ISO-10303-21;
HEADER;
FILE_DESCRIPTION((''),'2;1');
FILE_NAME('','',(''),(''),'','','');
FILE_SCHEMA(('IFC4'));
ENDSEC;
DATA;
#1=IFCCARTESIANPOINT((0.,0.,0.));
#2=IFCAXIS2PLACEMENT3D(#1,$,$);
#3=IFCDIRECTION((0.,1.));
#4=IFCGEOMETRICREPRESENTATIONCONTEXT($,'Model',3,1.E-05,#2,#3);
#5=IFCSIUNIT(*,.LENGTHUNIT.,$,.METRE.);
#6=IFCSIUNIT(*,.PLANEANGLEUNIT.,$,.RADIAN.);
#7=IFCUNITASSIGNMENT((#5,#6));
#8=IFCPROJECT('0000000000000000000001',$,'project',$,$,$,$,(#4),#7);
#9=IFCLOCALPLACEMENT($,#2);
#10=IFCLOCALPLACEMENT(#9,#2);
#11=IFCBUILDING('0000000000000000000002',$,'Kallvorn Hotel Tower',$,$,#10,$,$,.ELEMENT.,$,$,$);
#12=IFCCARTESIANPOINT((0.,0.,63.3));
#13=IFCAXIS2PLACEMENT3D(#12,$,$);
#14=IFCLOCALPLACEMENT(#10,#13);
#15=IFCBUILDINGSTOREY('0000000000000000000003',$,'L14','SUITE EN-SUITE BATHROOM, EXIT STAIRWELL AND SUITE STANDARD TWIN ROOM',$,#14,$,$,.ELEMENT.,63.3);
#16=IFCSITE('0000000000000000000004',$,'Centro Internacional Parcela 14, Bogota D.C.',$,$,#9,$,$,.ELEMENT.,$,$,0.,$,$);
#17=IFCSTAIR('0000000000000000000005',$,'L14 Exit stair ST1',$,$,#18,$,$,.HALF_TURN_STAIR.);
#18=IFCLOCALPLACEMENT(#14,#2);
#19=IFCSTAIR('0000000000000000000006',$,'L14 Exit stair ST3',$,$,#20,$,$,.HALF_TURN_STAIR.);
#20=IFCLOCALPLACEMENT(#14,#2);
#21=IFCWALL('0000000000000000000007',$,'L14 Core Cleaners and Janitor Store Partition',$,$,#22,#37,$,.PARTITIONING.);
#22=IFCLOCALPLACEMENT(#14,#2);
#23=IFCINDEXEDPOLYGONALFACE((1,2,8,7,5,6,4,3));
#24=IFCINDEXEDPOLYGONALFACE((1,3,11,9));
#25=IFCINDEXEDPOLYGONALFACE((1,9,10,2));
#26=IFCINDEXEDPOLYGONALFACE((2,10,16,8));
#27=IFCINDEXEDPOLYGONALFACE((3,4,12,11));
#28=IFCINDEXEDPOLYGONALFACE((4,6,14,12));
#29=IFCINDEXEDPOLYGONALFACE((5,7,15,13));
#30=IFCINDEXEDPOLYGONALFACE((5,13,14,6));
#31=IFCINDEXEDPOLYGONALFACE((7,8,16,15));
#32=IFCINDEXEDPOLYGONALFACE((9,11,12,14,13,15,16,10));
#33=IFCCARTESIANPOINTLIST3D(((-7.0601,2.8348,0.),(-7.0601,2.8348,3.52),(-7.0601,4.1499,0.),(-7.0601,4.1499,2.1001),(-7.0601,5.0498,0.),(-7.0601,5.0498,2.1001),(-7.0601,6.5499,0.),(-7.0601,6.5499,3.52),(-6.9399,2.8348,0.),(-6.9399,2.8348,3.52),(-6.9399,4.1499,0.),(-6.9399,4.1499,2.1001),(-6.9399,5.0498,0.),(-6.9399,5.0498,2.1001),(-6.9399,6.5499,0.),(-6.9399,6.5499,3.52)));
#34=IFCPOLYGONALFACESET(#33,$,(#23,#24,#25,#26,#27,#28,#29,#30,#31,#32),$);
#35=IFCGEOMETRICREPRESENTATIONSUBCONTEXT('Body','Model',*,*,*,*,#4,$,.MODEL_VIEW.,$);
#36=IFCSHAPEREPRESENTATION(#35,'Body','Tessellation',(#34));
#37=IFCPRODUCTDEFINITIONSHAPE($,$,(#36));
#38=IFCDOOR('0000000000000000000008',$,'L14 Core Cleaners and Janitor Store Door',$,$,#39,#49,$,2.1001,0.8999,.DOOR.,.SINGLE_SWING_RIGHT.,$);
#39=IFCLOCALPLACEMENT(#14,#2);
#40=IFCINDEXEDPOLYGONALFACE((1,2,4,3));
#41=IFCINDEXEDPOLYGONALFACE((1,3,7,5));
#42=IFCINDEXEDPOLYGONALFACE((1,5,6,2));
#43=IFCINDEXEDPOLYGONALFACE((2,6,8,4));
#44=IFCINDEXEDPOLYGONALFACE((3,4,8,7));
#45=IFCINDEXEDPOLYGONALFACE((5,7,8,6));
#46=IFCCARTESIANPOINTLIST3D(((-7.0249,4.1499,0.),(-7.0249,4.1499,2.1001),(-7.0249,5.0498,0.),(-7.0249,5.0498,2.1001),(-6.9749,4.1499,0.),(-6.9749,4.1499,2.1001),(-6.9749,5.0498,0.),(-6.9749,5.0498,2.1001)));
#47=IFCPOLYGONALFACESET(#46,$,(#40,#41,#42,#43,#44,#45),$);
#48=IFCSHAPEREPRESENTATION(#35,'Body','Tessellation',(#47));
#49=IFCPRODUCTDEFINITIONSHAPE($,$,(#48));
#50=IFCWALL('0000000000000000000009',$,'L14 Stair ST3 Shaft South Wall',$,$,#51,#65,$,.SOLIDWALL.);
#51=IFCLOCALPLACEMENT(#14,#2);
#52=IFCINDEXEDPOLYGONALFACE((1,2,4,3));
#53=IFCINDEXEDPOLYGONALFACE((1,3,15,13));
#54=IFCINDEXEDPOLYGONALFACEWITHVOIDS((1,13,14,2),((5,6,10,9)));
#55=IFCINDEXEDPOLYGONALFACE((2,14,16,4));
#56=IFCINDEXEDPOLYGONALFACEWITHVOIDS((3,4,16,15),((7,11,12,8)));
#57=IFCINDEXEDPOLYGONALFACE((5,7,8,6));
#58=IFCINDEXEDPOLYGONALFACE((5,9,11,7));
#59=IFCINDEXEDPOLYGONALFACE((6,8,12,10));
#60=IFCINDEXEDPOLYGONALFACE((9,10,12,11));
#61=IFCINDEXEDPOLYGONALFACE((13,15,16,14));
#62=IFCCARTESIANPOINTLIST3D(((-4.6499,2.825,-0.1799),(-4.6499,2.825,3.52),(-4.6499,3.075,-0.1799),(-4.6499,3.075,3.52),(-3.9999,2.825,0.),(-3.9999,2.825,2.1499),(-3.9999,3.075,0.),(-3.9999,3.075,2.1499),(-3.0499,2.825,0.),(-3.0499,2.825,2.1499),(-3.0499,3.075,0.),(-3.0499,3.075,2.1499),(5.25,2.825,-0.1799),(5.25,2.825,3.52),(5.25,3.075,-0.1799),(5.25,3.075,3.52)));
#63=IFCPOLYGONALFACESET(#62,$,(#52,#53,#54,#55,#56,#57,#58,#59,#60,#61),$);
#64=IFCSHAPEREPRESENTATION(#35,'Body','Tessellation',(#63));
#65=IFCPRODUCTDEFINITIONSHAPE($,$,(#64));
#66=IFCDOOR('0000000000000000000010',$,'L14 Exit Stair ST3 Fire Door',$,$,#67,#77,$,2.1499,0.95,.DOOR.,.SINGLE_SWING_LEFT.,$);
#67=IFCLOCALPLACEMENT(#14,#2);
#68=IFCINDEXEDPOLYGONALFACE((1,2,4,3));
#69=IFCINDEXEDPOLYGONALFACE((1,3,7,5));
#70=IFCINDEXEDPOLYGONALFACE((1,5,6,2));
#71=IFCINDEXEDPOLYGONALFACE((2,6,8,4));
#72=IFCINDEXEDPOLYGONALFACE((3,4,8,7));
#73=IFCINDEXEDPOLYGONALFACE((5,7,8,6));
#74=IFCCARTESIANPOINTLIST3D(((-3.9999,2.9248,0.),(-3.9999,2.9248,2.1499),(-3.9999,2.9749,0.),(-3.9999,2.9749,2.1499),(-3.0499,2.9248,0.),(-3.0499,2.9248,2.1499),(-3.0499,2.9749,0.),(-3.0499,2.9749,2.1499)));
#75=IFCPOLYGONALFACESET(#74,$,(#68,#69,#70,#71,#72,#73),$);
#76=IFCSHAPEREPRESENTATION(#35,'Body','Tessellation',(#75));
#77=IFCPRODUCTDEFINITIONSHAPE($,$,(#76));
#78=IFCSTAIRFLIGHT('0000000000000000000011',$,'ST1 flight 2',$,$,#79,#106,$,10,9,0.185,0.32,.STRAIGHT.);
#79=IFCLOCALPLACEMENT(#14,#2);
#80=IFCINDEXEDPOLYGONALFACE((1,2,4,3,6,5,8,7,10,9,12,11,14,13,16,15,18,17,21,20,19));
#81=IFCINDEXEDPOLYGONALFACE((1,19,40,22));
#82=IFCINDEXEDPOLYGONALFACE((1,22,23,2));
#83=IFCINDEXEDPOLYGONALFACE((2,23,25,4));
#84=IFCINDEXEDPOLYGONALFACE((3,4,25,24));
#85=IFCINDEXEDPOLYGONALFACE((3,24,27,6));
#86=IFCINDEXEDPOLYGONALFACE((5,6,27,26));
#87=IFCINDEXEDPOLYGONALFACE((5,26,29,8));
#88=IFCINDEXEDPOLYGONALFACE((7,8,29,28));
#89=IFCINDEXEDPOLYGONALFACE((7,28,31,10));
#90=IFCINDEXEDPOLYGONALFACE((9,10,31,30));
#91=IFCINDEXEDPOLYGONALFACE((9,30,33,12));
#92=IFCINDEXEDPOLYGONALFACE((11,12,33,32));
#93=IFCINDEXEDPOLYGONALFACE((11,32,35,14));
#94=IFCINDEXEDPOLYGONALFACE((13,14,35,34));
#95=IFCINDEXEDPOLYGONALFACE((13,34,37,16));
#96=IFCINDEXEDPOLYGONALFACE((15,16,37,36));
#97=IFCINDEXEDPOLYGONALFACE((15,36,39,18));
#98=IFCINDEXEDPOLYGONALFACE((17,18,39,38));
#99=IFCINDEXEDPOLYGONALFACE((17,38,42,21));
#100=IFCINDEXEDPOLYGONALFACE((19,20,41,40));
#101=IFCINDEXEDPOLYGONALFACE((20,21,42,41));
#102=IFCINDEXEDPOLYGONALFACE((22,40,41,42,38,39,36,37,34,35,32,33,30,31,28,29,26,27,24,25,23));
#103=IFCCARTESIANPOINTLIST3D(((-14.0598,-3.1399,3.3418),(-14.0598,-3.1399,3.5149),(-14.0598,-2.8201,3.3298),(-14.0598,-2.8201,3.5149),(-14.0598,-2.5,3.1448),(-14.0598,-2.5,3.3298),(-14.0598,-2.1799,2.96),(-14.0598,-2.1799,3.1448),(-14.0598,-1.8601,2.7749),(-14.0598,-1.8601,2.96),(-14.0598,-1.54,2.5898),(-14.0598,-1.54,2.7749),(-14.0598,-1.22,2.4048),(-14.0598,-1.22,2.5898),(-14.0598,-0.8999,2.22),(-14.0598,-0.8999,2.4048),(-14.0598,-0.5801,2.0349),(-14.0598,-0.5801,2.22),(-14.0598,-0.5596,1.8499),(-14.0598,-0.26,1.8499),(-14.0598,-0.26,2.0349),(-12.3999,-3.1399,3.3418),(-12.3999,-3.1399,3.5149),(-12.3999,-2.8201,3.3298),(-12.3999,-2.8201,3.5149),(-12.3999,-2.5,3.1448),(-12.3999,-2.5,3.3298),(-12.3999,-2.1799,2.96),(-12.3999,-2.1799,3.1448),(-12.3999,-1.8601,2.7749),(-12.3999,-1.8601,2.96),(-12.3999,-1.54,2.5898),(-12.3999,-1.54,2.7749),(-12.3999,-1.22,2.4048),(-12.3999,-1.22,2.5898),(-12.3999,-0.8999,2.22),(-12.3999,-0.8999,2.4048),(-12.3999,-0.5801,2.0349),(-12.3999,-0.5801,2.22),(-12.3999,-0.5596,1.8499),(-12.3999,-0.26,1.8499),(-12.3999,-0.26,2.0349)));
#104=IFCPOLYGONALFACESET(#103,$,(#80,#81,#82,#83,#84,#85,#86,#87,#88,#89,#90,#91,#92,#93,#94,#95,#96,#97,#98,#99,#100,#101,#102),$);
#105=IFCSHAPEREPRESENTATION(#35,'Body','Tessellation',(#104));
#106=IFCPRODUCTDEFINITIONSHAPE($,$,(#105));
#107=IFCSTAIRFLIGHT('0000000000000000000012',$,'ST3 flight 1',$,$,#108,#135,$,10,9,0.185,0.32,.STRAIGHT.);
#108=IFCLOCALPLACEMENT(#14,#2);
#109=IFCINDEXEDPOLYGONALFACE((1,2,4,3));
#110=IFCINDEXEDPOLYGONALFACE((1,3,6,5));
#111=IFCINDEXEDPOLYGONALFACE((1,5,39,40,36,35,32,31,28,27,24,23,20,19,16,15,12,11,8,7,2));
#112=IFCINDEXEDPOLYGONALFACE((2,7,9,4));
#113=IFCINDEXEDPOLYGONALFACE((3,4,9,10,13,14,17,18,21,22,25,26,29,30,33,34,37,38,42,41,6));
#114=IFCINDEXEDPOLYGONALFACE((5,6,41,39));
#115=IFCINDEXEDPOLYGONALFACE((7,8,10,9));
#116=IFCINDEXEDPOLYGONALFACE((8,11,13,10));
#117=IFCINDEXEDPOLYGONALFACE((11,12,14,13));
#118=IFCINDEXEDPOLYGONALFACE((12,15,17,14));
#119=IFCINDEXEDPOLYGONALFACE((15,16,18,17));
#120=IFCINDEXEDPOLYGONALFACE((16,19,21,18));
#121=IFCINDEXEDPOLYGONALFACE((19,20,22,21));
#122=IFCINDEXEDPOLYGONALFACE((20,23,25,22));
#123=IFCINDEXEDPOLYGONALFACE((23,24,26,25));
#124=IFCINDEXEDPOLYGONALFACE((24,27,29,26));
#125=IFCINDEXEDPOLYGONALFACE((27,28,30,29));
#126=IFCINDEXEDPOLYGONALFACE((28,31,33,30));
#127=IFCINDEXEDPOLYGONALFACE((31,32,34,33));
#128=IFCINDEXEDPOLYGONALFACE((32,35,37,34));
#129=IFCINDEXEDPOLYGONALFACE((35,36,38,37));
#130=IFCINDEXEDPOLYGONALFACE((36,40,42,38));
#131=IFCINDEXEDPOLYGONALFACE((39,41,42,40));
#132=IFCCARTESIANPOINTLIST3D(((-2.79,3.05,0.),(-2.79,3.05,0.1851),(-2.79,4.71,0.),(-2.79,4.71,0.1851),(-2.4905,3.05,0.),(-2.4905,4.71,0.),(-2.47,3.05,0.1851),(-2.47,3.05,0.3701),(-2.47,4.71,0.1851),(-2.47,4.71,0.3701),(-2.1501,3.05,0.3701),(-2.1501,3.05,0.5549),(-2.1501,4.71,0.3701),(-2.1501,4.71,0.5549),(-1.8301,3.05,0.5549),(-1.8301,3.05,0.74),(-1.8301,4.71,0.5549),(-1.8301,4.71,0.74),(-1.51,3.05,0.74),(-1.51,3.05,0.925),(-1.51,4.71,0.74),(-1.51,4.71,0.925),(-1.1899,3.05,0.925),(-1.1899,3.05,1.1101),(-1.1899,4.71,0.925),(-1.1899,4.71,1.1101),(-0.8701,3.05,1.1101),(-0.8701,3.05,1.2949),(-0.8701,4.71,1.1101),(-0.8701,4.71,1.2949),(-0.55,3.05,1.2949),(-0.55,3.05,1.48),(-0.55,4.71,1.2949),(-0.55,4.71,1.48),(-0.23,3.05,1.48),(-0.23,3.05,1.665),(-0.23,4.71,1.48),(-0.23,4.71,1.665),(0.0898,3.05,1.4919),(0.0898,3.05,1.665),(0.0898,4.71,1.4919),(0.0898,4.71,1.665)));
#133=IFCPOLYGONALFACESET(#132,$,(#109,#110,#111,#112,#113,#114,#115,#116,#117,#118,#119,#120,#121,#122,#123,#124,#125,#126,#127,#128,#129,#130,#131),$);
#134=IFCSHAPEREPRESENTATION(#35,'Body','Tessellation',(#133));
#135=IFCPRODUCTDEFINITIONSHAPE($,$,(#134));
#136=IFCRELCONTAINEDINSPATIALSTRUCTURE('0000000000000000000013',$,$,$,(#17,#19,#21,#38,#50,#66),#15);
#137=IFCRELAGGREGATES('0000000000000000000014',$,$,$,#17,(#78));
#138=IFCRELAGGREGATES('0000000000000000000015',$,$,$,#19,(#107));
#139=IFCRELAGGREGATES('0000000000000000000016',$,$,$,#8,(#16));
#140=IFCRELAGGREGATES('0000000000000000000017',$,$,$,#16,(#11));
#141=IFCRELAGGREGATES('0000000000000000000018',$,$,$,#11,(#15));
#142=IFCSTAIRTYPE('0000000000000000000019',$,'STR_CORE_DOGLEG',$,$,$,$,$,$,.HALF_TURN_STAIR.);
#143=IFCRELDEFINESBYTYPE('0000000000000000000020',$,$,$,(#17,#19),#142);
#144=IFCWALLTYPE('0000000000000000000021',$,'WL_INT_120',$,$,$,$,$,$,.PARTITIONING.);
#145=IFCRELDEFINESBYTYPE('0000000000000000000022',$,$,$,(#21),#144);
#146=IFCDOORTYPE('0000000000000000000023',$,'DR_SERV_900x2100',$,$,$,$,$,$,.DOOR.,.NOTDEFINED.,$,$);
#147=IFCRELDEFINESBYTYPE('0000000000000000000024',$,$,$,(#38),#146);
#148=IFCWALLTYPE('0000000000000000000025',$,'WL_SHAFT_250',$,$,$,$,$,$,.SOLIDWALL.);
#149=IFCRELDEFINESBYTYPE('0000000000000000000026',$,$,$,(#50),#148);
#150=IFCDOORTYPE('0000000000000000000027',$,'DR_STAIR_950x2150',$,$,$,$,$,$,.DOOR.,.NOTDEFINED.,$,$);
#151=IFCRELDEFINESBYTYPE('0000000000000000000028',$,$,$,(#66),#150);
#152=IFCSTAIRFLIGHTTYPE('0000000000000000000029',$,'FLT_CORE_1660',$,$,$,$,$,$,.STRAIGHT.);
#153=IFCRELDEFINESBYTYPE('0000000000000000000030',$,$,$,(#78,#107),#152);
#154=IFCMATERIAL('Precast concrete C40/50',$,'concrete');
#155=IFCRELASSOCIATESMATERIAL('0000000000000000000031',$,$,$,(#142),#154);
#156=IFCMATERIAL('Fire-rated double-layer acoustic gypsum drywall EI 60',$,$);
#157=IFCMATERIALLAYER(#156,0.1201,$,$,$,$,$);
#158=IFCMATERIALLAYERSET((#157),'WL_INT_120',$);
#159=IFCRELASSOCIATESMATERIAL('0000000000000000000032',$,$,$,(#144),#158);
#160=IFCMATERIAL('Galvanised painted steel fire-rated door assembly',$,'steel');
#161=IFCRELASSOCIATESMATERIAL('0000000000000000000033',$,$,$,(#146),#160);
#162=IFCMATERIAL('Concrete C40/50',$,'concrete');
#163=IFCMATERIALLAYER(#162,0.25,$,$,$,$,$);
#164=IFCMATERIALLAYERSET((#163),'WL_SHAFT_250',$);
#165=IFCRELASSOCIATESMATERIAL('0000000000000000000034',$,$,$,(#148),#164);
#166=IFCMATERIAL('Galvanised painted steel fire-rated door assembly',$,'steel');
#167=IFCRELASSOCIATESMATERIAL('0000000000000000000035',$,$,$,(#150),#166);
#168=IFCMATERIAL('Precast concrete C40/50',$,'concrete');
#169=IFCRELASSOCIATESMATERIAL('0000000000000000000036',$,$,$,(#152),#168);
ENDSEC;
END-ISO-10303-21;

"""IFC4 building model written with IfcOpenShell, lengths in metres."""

from ifc_helpers import new_model, si_unit, direction, frame, frame_2d, origin, place, context, subcontext, project, spatial, polyline, rectangle, outline, extrude, material, layer, layer_set, type_object, element, fill, aggregate, save


model = new_model("IFC4")

# Units and contexts
model_context = context("Model", 3, precision=1e-05, world=origin(), true_north=direction((0.0, 1.0)))
body_context = subcontext(model_context, "Body", "Model", "MODEL_VIEW")
ifc_project = project(units=[si_unit("LENGTHUNIT", "METRE"), si_unit("PLANEANGLEUNIT", "RADIAN")], contexts=[model_context])

# Site, building, storey
site_placement = place(None, origin())
site = spatial("IfcSite", under=ifc_project, at=site_placement, Name="Centro Internacional Parcela 14, Bogota D.C.", CompositionType="ELEMENT", RefElevation=0.0)
building_placement = place(site_placement, origin())
building = spatial("IfcBuilding", under=site, at=building_placement, Name="Kallvorn Hotel Tower", CompositionType="ELEMENT")
storey_placement = place(building_placement, frame((0.0, 0.0, 63.3)))
storey = spatial("IfcBuildingStorey", under=building, at=storey_placement, Name="L14", Description="SUITE EN-SUITE BATHROOM, EXIT STAIRWELL AND SUITE STANDARD TWIN ROOM", CompositionType="ELEMENT", Elevation=63.3)

# Stairs
ifc_material_1 = material(Name="Precast concrete C40/50", Category="concrete")
stair_type = type_object("IfcStairType", Name="STR_CORE_DOGLEG", PredefinedType="HALF_TURN_STAIR", material=ifc_material_1)
stair_1_placement = place(storey_placement, origin())
stair_1 = element("IfcStair", 1, at=stair_1_placement, inside=storey, type_object=stair_type, Name="L14 Exit stair ST1", PredefinedType="HALF_TURN_STAIR")
stair_2_placement = place(storey_placement, origin())
stair_2 = element("IfcStair", 2, at=stair_2_placement, inside=storey, type_object=stair_type, Name="L14 Exit stair ST3", PredefinedType="HALF_TURN_STAIR")

# Shared definitions
ifc_material_2 = material(Name="Fire-rated double-layer acoustic gypsum drywall EI 60")
ifc_layer_1 = layer(ifc_material_2, 0.1201)
ifc_layer_set_1 = layer_set([ifc_layer_1], Name="WL_INT_120")
wall_type_1 = type_object("IfcWallType", Name="WL_INT_120", PredefinedType="PARTITIONING", material=ifc_layer_set_1)

# Walls, openings, doors
wall_1_placement = place(storey_placement, frame((-7.0, 2.835, 0.0), z_axis=(0.0, 0.0, 1.0), x_axis=(0.0, 1.0, 0.0)))
wall_1 = element("IfcWall", 3, at=wall_1_placement, inside=storey, type_object=wall_type_1, Name="L14 Core Cleaners and Janitor Store Partition", PredefinedType="PARTITIONING", context=body_context, shape_type="SweptSolid", body=[
    extrude(rectangle(XDim=3.7151, YDim=0.1201, at=frame_2d((1.8574, 0.0))), origin(), (0.0, 0.0, 1.0), 3.52),
])
opening_1_placement = place(wall_1_placement, frame((1.3149, 0.0, 0.0)))
opening_1 = element("IfcOpeningElement", 4, at=opening_1_placement, cuts=wall_1, PredefinedType="OPENING", context=body_context, shape_type="SweptSolid", body=[
    extrude(rectangle(XDim=0.8999, YDim=2.1001, at=frame_2d((0.45, 1.05))), frame((0.0, 0.075, 0.0), z_axis=(0.0, -1.0, 0.0), x_axis=(1.0, 0.0, 0.0)), (0.0, 0.0, 1.0), 0.1501),
])
ifc_material_3 = material(Name="Galvanised painted steel fire-rated door assembly", Category="steel")
door_type_1 = type_object("IfcDoorType", Name="DR_SERV_900x2100", OperationType="NOTDEFINED", PredefinedType="DOOR", material=ifc_material_3)
door_1_placement = place(opening_1_placement, origin())
door_1 = element("IfcDoor", 5, at=door_1_placement, inside=storey, type_object=door_type_1, Name="L14 Core Cleaners and Janitor Store Door", OperationType="SINGLE_SWING_RIGHT", OverallHeight=2.1001, OverallWidth=0.8999, PredefinedType="DOOR", context=body_context, shape_type="SweptSolid", body=[
    extrude(rectangle(XDim=0.8999, YDim=2.1001, at=frame_2d((0.45, 1.05))), frame((0.0, 0.0249, 0.0), z_axis=(0.0, -1.0, 0.0), x_axis=(1.0, 0.0, 0.0)), (0.0, 0.0, 1.0), 0.05),
])
fill(opening_1, door_1)
ifc_material_4 = material(Name="Concrete C40/50", Category="concrete")
ifc_layer_2 = layer(ifc_material_4, 0.25)
ifc_layer_set_2 = layer_set([ifc_layer_2], Name="WL_SHAFT_250")
wall_type_2 = type_object("IfcWallType", Name="WL_SHAFT_250", PredefinedType="SOLIDWALL", material=ifc_layer_set_2)
wall_2_placement = place(storey_placement, frame((-4.6499, 2.95, -0.1799), z_axis=(0.0, 0.0, 1.0), x_axis=(1.0, 0.0, 0.0)))
wall_2 = element("IfcWall", 6, at=wall_2_placement, inside=storey, type_object=wall_type_2, Name="L14 Stair ST3 Shaft South Wall", PredefinedType="SOLIDWALL", context=body_context, shape_type="SweptSolid", body=[
    extrude(rectangle(XDim=9.8999, YDim=0.25, at=frame_2d((4.95, 0.0))), origin(), (0.0, 0.0, 1.0), 3.7),
])
opening_2_placement = place(wall_2_placement, frame((0.6499, 0.0, 0.1799)))
opening_2 = element("IfcOpeningElement", 7, at=opening_2_placement, cuts=wall_2, PredefinedType="OPENING", context=body_context, shape_type="SweptSolid", body=[
    extrude(rectangle(XDim=0.95, YDim=2.1499, at=frame_2d((0.4751, 1.075))), frame((0.0, 0.1399, 0.0), z_axis=(0.0, -1.0, 0.0), x_axis=(1.0, 0.0, 0.0)), (0.0, 0.0, 1.0), 0.28),
])
ifc_material_5 = material(Name="Galvanised painted steel fire-rated door assembly", Category="steel")
door_type_2 = type_object("IfcDoorType", Name="DR_STAIR_950x2150", OperationType="NOTDEFINED", PredefinedType="DOOR", material=ifc_material_5)
door_2_placement = place(opening_2_placement, origin())
door_2 = element("IfcDoor", 8, at=door_2_placement, inside=storey, type_object=door_type_2, Name="L14 Exit Stair ST3 Fire Door", OperationType="SINGLE_SWING_LEFT", OverallHeight=2.1499, OverallWidth=0.95, PredefinedType="DOOR", context=body_context, shape_type="SweptSolid", body=[
    extrude(rectangle(XDim=0.95, YDim=2.1499, at=frame_2d((0.4751, 1.075))), frame((0.0, 0.0249, 0.0), z_axis=(0.0, -1.0, 0.0), x_axis=(1.0, 0.0, 0.0)), (0.0, 0.0, 1.0), 0.05),
])
fill(opening_2, door_2)

# Stair flights
ifc_material_6 = material(Name="Precast concrete C40/50", Category="concrete")
stair_flight_type = type_object("IfcStairFlightType", Name="FLT_CORE_1660", PredefinedType="STRAIGHT", material=ifc_material_6)
stair_flight_1_placement = place(storey_placement, frame((-13.23, -0.26, 1.8499), z_axis=(0.0, 0.0, 1.0), x_axis=(0.0, -1.0, 0.0)))
stair_flight_1 = element("IfcStairFlight", 9, at=stair_flight_1_placement, type_object=stair_flight_type, Name="ST1 flight 2", NumberOfRisers=10, NumberOfTreads=9, PredefinedType="STRAIGHT", RiserHeight=0.185, TreadLength=0.32, context=body_context, shape_type="SweptSolid", body=[
    extrude(outline(polyline([(0.0, 0.0), (0.0, 0.1851), (0.3201, 0.1851), (0.3201, 0.3701), (0.6399, 0.3701), (0.6399, 0.5549), (0.96, 0.5549), (0.96, 0.74), (1.28, 0.74), (1.28, 0.925), (1.6001, 0.925), (1.6001, 1.1101), (1.9199, 1.1101), (1.9199, 1.2949), (2.24, 1.2949), (2.24, 1.48), (2.5601, 1.48), (2.5601, 1.665), (2.8799, 1.665), (2.8799, 1.8501), (2.8799, 1.4919), (0.2996, 0.0), (0.0, 0.0)])), frame((0.0, 0.8301, 0.0), z_axis=(0.0, -1.0, 0.0), x_axis=(1.0, 0.0, 0.0)), (0.0, 0.0, 1.0), 1.6599),
])
aggregate(stair_1, [stair_flight_1])
stair_flight_2_placement = place(storey_placement, frame((-2.79, 3.8799, 0.0), z_axis=(0.0, 0.0, 1.0), x_axis=(1.0, 0.0, 0.0)))
stair_flight_2 = element("IfcStairFlight", 10, at=stair_flight_2_placement, type_object=stair_flight_type, Name="ST3 flight 1", NumberOfRisers=10, NumberOfTreads=9, PredefinedType="STRAIGHT", RiserHeight=0.185, TreadLength=0.32, context=body_context, shape_type="SweptSolid", body=[
    extrude(outline(polyline([(0.0, 0.0), (0.0, 0.1851), (0.3201, 0.1851), (0.3201, 0.3701), (0.6399, 0.3701), (0.6399, 0.5549), (0.96, 0.5549), (0.96, 0.74), (1.28, 0.74), (1.28, 0.925), (1.6001, 0.925), (1.6001, 1.1101), (1.9199, 1.1101), (1.9199, 1.2949), (2.24, 1.2949), (2.24, 1.48), (2.5601, 1.48), (2.5601, 1.665), (2.8799, 1.665), (2.8799, 1.8501), (2.8799, 1.4919), (0.2996, 0.0), (0.0, 0.0)])), frame((0.0, 0.8301, 0.0), z_axis=(0.0, -1.0, 0.0), x_axis=(1.0, 0.0, 0.0)), (0.0, 0.0, 1.0), 1.6599),
])
aggregate(stair_2, [stair_flight_2])

save(model, "model.ifc")
